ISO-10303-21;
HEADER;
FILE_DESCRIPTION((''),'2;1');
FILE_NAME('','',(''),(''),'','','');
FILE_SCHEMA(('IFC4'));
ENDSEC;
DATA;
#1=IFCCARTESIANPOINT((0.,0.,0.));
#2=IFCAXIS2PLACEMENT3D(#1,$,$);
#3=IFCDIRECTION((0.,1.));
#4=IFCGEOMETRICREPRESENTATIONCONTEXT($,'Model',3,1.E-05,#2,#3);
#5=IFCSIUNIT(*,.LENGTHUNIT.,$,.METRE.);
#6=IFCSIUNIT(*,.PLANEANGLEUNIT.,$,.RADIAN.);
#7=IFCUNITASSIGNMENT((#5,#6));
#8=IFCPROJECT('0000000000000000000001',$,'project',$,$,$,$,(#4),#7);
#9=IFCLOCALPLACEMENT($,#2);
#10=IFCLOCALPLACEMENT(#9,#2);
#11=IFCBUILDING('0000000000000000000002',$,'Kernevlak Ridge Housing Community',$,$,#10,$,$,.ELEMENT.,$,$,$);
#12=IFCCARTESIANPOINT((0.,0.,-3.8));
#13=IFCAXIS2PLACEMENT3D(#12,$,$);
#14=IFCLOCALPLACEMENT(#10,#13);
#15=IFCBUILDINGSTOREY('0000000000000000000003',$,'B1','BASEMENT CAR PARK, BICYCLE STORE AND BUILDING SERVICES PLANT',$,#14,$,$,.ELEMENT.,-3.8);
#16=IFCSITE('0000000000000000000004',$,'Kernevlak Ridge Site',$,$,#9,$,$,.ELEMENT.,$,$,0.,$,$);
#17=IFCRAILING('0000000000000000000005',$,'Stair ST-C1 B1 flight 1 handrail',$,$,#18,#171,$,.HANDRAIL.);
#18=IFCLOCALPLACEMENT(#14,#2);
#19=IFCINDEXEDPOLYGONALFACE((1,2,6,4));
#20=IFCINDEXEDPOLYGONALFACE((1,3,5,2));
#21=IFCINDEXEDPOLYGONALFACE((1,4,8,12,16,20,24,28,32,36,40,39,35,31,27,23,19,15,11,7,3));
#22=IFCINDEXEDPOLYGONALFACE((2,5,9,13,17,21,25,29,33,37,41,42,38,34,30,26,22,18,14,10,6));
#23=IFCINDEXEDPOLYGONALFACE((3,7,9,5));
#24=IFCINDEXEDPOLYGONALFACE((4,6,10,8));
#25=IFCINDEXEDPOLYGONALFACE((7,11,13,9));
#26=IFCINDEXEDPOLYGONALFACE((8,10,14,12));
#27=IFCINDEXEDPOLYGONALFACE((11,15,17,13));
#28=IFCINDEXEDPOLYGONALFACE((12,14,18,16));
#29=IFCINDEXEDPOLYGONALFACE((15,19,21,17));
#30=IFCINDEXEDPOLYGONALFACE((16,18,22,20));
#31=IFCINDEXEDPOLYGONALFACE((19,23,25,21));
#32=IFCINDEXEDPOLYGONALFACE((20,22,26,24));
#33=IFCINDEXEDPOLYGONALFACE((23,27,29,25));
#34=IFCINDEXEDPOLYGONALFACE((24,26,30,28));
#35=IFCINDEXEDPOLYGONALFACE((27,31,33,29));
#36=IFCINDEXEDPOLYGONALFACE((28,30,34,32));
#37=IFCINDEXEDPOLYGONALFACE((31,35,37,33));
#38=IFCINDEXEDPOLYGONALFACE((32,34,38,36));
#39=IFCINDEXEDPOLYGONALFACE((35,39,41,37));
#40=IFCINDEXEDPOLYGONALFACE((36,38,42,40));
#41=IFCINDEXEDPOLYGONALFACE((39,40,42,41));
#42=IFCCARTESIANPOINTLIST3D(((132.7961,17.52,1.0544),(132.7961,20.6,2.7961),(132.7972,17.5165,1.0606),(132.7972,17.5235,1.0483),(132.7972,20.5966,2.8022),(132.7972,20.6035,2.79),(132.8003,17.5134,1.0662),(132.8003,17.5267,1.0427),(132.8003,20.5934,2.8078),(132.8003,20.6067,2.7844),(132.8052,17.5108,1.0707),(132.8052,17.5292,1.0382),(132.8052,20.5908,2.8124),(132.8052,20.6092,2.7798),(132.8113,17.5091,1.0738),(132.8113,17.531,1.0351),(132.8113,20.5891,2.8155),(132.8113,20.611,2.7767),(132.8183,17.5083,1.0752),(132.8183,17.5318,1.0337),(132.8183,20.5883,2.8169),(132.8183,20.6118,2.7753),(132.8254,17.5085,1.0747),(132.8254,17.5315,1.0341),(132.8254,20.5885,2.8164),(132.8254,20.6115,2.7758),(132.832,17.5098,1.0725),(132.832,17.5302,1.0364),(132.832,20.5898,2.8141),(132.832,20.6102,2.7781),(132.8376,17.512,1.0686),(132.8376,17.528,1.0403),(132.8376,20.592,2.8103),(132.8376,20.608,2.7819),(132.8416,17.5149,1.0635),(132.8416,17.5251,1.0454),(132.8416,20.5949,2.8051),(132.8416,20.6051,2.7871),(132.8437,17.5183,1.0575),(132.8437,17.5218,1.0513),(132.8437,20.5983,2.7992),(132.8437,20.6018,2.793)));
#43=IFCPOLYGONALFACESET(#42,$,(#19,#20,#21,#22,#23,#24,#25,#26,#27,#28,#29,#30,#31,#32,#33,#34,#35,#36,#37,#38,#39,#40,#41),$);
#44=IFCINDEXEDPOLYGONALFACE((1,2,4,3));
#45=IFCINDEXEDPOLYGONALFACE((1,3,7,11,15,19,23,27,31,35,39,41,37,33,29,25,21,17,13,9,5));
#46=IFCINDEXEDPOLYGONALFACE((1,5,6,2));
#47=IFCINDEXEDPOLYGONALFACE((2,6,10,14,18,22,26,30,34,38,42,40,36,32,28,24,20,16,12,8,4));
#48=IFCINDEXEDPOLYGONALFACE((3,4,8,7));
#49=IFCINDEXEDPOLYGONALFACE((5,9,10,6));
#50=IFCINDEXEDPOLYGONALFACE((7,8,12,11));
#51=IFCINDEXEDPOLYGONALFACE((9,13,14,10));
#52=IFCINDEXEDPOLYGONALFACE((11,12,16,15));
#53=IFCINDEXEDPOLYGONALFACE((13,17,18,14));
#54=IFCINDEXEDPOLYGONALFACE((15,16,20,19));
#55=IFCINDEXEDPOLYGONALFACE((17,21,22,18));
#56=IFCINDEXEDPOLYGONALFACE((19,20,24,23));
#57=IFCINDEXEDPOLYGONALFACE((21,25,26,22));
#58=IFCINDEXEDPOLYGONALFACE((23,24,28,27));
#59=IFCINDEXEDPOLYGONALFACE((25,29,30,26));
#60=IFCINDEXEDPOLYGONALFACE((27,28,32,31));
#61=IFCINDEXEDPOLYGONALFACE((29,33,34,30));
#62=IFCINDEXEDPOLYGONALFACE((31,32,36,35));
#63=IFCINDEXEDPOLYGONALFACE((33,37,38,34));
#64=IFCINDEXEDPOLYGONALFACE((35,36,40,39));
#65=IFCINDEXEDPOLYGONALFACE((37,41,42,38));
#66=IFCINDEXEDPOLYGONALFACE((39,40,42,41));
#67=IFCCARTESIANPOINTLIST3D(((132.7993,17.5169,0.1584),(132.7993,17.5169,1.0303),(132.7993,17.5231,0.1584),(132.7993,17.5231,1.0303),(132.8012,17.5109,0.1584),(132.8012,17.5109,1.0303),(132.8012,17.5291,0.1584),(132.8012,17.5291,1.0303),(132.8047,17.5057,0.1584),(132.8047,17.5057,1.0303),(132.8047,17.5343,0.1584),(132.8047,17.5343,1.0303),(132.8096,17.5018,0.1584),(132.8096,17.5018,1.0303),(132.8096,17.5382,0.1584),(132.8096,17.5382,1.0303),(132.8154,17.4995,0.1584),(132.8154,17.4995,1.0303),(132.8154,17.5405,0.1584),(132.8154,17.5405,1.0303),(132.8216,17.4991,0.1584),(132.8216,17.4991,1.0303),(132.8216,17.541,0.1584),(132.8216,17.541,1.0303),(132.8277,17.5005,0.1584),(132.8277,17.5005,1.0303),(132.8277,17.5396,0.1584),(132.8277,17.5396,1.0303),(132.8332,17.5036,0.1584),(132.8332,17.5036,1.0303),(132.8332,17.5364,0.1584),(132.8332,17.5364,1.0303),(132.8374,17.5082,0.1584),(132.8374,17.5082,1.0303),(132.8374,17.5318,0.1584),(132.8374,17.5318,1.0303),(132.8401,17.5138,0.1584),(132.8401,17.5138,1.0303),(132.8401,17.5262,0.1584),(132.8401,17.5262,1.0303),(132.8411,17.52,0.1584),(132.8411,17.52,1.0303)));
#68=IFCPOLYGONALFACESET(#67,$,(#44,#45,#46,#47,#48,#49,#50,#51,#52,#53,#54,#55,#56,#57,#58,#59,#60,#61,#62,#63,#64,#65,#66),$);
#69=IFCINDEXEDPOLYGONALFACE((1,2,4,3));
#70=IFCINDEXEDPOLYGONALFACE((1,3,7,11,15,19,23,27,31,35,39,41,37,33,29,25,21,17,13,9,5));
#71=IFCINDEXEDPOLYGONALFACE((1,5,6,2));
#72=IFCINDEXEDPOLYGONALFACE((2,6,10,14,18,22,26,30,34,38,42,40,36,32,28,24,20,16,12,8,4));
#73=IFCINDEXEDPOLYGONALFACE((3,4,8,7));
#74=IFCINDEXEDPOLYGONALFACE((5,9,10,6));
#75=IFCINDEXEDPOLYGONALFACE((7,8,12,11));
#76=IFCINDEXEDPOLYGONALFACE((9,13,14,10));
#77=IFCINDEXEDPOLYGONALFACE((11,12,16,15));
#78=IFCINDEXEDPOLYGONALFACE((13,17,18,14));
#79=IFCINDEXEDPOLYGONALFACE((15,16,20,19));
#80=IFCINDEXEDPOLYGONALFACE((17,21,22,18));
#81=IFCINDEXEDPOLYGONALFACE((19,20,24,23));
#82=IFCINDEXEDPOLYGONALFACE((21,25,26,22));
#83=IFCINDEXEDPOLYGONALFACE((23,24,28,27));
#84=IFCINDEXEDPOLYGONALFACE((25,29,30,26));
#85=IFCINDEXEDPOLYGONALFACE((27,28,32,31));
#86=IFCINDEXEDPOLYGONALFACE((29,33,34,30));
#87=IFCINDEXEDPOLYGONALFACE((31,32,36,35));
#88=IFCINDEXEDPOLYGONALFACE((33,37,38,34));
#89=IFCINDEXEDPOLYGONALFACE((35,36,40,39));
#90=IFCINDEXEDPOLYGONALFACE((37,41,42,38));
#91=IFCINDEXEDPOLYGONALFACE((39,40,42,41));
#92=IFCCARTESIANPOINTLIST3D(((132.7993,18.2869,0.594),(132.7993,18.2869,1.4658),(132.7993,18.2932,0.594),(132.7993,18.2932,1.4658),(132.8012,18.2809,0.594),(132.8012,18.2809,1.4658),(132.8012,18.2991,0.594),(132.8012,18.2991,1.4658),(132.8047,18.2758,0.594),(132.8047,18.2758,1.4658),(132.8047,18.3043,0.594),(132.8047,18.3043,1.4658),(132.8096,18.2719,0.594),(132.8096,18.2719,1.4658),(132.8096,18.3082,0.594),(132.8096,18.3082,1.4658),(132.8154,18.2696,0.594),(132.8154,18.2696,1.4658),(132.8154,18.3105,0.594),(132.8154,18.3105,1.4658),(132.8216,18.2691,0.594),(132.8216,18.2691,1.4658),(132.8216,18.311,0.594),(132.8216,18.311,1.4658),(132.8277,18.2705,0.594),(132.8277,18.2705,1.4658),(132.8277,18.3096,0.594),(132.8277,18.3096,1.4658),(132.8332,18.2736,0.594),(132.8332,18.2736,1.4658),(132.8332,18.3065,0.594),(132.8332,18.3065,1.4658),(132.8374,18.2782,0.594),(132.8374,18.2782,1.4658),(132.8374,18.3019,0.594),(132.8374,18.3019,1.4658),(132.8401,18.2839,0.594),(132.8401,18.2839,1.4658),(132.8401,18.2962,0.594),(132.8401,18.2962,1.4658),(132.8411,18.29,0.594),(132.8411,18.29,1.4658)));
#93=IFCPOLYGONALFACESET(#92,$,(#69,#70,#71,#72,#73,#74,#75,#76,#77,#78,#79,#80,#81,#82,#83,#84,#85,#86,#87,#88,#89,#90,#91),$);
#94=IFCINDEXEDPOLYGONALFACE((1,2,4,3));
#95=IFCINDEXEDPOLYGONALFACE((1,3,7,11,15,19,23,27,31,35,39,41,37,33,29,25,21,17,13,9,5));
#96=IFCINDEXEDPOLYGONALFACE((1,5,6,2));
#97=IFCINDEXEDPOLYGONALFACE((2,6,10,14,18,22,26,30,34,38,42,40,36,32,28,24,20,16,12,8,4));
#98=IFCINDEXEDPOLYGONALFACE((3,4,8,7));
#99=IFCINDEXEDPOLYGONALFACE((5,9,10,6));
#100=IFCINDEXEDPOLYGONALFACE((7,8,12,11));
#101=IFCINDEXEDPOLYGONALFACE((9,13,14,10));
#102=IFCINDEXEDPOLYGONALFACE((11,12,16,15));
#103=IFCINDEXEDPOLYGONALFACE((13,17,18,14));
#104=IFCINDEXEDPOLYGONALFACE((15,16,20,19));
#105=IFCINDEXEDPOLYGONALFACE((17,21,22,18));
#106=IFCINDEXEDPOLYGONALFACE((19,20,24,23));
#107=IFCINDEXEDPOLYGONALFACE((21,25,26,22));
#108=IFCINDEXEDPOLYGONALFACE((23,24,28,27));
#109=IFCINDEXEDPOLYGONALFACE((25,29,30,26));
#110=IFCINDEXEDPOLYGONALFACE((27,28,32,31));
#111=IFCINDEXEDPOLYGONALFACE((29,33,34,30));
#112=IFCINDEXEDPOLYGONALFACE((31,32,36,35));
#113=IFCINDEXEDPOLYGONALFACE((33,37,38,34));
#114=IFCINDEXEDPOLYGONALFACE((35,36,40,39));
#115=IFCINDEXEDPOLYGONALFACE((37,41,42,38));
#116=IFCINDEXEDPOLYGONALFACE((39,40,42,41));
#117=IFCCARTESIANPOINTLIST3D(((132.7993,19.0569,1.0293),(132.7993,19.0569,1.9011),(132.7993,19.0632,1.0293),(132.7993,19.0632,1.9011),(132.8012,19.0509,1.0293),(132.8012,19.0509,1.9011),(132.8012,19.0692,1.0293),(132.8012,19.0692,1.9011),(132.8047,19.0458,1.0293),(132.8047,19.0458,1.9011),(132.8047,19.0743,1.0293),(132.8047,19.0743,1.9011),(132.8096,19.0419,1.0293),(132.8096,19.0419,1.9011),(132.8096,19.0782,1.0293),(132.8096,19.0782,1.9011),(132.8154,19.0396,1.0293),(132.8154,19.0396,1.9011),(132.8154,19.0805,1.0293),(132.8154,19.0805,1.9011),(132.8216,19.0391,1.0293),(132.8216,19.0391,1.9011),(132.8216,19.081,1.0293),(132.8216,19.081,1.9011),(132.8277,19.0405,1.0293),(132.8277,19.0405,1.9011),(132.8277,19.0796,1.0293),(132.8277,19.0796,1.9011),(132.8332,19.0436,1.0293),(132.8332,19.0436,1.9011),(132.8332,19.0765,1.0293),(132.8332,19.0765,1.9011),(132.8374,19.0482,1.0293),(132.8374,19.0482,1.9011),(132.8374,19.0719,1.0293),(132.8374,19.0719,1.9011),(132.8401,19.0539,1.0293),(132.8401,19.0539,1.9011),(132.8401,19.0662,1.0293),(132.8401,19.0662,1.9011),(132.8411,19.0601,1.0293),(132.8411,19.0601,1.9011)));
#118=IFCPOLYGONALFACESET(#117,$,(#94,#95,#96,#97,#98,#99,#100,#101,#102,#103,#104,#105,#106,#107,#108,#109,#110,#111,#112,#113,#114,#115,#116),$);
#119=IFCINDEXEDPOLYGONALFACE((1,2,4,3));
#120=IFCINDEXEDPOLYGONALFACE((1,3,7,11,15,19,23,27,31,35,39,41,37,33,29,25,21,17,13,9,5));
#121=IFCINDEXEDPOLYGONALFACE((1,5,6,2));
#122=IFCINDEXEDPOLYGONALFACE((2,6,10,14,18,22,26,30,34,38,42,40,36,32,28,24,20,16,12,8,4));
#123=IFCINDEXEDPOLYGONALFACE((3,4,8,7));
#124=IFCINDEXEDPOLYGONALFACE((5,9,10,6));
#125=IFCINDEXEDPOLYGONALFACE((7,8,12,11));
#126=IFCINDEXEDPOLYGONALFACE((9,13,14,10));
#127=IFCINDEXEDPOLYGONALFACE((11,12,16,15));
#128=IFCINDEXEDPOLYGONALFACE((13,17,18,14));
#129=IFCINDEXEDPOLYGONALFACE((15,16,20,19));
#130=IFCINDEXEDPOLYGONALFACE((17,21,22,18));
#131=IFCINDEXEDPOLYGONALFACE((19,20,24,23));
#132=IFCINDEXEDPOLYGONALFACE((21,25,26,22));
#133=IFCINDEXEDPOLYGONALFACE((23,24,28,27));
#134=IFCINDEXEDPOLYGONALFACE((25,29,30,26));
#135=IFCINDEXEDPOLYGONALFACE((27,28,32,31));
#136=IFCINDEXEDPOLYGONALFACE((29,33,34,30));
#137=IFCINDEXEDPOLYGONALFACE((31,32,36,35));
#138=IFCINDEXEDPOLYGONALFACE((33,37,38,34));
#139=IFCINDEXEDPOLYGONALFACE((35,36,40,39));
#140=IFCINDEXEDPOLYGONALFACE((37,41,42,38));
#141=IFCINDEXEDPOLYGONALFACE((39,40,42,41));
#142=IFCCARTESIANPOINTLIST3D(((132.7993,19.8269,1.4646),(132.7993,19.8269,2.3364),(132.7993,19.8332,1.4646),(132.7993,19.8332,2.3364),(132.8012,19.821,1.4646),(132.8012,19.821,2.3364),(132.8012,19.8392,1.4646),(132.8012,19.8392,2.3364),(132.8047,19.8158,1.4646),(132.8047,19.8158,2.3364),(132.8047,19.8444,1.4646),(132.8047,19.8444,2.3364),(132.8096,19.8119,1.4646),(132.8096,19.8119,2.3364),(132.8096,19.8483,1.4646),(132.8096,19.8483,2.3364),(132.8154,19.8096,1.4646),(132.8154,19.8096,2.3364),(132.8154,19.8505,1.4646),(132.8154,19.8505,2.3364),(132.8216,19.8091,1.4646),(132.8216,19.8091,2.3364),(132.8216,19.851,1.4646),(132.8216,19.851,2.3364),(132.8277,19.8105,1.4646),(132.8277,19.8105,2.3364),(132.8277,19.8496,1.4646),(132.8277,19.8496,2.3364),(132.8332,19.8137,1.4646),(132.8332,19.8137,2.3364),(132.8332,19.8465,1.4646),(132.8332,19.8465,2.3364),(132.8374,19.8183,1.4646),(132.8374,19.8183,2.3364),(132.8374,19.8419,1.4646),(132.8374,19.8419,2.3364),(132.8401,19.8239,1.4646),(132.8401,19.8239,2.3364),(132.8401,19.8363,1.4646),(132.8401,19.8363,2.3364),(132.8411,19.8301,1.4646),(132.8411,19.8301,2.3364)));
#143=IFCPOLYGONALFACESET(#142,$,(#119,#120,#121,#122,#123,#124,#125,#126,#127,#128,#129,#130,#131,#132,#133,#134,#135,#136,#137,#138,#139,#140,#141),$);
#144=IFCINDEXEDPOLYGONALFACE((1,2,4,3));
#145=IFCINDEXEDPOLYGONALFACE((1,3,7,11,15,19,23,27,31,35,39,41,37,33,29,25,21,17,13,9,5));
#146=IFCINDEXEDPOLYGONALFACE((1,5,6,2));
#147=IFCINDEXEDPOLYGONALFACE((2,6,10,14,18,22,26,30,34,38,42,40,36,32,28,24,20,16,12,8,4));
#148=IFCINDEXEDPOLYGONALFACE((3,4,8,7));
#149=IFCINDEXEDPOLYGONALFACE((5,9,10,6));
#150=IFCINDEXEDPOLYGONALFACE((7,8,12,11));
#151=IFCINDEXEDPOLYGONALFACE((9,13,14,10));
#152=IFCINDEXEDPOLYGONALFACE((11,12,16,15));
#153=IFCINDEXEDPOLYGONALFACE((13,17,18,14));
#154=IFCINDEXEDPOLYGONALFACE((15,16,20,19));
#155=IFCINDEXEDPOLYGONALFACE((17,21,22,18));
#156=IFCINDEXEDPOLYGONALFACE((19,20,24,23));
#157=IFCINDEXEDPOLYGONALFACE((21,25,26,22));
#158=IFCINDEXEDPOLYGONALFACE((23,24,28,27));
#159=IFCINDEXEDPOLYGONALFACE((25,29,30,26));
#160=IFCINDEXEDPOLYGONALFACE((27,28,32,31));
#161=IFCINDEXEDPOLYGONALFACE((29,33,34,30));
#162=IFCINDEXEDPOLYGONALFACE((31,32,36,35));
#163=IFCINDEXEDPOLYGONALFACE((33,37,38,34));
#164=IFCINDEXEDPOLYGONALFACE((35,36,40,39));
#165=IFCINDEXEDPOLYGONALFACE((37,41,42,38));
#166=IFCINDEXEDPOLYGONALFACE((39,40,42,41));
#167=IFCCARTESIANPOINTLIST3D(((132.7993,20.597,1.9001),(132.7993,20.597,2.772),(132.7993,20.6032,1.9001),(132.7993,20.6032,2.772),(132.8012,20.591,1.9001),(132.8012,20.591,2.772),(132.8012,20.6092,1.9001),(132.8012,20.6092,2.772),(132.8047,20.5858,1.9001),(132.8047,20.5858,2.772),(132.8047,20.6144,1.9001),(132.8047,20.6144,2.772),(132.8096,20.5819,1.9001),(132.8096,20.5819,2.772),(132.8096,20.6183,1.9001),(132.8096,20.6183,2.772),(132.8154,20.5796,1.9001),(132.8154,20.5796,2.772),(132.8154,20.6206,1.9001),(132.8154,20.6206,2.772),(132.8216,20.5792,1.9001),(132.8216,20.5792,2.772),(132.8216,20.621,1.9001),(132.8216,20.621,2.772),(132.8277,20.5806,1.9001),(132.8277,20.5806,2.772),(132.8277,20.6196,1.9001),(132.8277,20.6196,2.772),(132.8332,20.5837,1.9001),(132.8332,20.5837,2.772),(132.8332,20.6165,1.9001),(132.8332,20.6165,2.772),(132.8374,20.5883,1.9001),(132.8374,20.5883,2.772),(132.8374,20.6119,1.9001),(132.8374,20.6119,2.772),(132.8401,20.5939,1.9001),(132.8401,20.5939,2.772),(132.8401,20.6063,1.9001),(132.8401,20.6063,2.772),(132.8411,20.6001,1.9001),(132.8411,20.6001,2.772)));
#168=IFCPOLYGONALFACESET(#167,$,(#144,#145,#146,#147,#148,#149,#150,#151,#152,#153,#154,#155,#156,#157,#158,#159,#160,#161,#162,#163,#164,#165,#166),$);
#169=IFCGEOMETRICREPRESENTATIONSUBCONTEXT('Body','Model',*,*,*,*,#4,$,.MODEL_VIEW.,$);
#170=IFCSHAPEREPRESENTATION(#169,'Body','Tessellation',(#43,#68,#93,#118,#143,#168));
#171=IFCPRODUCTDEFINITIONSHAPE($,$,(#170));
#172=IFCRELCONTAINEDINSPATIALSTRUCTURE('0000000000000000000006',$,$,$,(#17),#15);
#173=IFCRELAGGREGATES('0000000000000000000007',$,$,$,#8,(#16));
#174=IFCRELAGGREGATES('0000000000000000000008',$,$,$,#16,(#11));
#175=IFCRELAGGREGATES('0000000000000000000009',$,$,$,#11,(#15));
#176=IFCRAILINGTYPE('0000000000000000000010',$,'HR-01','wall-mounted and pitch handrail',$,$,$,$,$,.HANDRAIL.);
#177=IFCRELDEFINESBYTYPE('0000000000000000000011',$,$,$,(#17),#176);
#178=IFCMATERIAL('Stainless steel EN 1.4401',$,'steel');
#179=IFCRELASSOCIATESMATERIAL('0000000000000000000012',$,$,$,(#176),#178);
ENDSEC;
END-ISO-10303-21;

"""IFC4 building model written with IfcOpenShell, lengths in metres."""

from ifc_helpers import new_model, si_unit, direction, frame, origin, origin_2d, place, context, subcontext, project, spatial, circle, extrude, material, type_object, element, save


model = new_model("IFC4")

# Units and contexts
model_context = context("Model", 3, precision=1e-05, world=origin(), true_north=direction((0.0, 1.0)))
body_context = subcontext(model_context, "Body", "Model", "MODEL_VIEW")
ifc_project = project(units=[si_unit("LENGTHUNIT", "METRE"), si_unit("PLANEANGLEUNIT", "RADIAN")], contexts=[model_context])

# Site, building, storey
site_placement = place(None, origin())
site = spatial("IfcSite", under=ifc_project, at=site_placement, Name="Kernevlak Ridge Site", CompositionType="ELEMENT", RefElevation=0.0)
building_placement = place(site_placement, origin())
building = spatial("IfcBuilding", under=site, at=building_placement, Name="Kernevlak Ridge Housing Community", CompositionType="ELEMENT")
storey_placement = place(building_placement, frame((0.0, 0.0, -3.8)))
storey = spatial("IfcBuildingStorey", under=building, at=storey_placement, Name="B1", Description="BASEMENT CAR PARK, BICYCLE STORE AND BUILDING SERVICES PLANT", CompositionType="ELEMENT", Elevation=-3.8)

# Shared definitions
ifc_material_1 = material(Name="Stainless steel EN 1.4401", Category="steel")

# Railing
railing_type_1 = type_object("IfcRailingType", Name="HR-01", Description="wall-mounted and pitch handrail", PredefinedType="HANDRAIL", material=ifc_material_1)
railing_1_placement = place(storey_placement, frame((132.8201, 17.52, 0.1584)))
element("IfcRailing", 1, at=railing_1_placement, inside=storey, type_object=railing_type_1, Name="Stair ST-C1 B1 flight 1 handrail", PredefinedType="HANDRAIL", context=body_context, shape_type="SweptSolid", body=[
    extrude(circle(Radius=0.0239, at=origin_2d()), frame((0.0, 0.0, 0.896), z_axis=(0.0, 0.870468, 0.492225), x_axis=(-1.0, 0.0, 0.0)), (0.0, 0.0, 1.0), 3.5383),
    extrude(circle(Radius=0.021, at=origin_2d()), origin(), (0.0, 0.0, 1.0), 0.8718),
    extrude(circle(Radius=0.021, at=origin_2d()), frame((0.0, 0.77, 0.4355)), (0.0, 0.0, 1.0), 0.8718),
    extrude(circle(Radius=0.021, at=origin_2d()), frame((0.0, 1.54, 0.8708)), (0.0, 0.0, 1.0), 0.8718),
    extrude(circle(Radius=0.021, at=origin_2d()), frame((0.0, 2.3101, 1.3062)), (0.0, 0.0, 1.0), 0.8718),
    extrude(circle(Radius=0.021, at=origin_2d()), frame((0.0, 3.0801, 1.7417)), (0.0, 0.0, 1.0), 0.8718),
])

save(model, "model.ifc")
